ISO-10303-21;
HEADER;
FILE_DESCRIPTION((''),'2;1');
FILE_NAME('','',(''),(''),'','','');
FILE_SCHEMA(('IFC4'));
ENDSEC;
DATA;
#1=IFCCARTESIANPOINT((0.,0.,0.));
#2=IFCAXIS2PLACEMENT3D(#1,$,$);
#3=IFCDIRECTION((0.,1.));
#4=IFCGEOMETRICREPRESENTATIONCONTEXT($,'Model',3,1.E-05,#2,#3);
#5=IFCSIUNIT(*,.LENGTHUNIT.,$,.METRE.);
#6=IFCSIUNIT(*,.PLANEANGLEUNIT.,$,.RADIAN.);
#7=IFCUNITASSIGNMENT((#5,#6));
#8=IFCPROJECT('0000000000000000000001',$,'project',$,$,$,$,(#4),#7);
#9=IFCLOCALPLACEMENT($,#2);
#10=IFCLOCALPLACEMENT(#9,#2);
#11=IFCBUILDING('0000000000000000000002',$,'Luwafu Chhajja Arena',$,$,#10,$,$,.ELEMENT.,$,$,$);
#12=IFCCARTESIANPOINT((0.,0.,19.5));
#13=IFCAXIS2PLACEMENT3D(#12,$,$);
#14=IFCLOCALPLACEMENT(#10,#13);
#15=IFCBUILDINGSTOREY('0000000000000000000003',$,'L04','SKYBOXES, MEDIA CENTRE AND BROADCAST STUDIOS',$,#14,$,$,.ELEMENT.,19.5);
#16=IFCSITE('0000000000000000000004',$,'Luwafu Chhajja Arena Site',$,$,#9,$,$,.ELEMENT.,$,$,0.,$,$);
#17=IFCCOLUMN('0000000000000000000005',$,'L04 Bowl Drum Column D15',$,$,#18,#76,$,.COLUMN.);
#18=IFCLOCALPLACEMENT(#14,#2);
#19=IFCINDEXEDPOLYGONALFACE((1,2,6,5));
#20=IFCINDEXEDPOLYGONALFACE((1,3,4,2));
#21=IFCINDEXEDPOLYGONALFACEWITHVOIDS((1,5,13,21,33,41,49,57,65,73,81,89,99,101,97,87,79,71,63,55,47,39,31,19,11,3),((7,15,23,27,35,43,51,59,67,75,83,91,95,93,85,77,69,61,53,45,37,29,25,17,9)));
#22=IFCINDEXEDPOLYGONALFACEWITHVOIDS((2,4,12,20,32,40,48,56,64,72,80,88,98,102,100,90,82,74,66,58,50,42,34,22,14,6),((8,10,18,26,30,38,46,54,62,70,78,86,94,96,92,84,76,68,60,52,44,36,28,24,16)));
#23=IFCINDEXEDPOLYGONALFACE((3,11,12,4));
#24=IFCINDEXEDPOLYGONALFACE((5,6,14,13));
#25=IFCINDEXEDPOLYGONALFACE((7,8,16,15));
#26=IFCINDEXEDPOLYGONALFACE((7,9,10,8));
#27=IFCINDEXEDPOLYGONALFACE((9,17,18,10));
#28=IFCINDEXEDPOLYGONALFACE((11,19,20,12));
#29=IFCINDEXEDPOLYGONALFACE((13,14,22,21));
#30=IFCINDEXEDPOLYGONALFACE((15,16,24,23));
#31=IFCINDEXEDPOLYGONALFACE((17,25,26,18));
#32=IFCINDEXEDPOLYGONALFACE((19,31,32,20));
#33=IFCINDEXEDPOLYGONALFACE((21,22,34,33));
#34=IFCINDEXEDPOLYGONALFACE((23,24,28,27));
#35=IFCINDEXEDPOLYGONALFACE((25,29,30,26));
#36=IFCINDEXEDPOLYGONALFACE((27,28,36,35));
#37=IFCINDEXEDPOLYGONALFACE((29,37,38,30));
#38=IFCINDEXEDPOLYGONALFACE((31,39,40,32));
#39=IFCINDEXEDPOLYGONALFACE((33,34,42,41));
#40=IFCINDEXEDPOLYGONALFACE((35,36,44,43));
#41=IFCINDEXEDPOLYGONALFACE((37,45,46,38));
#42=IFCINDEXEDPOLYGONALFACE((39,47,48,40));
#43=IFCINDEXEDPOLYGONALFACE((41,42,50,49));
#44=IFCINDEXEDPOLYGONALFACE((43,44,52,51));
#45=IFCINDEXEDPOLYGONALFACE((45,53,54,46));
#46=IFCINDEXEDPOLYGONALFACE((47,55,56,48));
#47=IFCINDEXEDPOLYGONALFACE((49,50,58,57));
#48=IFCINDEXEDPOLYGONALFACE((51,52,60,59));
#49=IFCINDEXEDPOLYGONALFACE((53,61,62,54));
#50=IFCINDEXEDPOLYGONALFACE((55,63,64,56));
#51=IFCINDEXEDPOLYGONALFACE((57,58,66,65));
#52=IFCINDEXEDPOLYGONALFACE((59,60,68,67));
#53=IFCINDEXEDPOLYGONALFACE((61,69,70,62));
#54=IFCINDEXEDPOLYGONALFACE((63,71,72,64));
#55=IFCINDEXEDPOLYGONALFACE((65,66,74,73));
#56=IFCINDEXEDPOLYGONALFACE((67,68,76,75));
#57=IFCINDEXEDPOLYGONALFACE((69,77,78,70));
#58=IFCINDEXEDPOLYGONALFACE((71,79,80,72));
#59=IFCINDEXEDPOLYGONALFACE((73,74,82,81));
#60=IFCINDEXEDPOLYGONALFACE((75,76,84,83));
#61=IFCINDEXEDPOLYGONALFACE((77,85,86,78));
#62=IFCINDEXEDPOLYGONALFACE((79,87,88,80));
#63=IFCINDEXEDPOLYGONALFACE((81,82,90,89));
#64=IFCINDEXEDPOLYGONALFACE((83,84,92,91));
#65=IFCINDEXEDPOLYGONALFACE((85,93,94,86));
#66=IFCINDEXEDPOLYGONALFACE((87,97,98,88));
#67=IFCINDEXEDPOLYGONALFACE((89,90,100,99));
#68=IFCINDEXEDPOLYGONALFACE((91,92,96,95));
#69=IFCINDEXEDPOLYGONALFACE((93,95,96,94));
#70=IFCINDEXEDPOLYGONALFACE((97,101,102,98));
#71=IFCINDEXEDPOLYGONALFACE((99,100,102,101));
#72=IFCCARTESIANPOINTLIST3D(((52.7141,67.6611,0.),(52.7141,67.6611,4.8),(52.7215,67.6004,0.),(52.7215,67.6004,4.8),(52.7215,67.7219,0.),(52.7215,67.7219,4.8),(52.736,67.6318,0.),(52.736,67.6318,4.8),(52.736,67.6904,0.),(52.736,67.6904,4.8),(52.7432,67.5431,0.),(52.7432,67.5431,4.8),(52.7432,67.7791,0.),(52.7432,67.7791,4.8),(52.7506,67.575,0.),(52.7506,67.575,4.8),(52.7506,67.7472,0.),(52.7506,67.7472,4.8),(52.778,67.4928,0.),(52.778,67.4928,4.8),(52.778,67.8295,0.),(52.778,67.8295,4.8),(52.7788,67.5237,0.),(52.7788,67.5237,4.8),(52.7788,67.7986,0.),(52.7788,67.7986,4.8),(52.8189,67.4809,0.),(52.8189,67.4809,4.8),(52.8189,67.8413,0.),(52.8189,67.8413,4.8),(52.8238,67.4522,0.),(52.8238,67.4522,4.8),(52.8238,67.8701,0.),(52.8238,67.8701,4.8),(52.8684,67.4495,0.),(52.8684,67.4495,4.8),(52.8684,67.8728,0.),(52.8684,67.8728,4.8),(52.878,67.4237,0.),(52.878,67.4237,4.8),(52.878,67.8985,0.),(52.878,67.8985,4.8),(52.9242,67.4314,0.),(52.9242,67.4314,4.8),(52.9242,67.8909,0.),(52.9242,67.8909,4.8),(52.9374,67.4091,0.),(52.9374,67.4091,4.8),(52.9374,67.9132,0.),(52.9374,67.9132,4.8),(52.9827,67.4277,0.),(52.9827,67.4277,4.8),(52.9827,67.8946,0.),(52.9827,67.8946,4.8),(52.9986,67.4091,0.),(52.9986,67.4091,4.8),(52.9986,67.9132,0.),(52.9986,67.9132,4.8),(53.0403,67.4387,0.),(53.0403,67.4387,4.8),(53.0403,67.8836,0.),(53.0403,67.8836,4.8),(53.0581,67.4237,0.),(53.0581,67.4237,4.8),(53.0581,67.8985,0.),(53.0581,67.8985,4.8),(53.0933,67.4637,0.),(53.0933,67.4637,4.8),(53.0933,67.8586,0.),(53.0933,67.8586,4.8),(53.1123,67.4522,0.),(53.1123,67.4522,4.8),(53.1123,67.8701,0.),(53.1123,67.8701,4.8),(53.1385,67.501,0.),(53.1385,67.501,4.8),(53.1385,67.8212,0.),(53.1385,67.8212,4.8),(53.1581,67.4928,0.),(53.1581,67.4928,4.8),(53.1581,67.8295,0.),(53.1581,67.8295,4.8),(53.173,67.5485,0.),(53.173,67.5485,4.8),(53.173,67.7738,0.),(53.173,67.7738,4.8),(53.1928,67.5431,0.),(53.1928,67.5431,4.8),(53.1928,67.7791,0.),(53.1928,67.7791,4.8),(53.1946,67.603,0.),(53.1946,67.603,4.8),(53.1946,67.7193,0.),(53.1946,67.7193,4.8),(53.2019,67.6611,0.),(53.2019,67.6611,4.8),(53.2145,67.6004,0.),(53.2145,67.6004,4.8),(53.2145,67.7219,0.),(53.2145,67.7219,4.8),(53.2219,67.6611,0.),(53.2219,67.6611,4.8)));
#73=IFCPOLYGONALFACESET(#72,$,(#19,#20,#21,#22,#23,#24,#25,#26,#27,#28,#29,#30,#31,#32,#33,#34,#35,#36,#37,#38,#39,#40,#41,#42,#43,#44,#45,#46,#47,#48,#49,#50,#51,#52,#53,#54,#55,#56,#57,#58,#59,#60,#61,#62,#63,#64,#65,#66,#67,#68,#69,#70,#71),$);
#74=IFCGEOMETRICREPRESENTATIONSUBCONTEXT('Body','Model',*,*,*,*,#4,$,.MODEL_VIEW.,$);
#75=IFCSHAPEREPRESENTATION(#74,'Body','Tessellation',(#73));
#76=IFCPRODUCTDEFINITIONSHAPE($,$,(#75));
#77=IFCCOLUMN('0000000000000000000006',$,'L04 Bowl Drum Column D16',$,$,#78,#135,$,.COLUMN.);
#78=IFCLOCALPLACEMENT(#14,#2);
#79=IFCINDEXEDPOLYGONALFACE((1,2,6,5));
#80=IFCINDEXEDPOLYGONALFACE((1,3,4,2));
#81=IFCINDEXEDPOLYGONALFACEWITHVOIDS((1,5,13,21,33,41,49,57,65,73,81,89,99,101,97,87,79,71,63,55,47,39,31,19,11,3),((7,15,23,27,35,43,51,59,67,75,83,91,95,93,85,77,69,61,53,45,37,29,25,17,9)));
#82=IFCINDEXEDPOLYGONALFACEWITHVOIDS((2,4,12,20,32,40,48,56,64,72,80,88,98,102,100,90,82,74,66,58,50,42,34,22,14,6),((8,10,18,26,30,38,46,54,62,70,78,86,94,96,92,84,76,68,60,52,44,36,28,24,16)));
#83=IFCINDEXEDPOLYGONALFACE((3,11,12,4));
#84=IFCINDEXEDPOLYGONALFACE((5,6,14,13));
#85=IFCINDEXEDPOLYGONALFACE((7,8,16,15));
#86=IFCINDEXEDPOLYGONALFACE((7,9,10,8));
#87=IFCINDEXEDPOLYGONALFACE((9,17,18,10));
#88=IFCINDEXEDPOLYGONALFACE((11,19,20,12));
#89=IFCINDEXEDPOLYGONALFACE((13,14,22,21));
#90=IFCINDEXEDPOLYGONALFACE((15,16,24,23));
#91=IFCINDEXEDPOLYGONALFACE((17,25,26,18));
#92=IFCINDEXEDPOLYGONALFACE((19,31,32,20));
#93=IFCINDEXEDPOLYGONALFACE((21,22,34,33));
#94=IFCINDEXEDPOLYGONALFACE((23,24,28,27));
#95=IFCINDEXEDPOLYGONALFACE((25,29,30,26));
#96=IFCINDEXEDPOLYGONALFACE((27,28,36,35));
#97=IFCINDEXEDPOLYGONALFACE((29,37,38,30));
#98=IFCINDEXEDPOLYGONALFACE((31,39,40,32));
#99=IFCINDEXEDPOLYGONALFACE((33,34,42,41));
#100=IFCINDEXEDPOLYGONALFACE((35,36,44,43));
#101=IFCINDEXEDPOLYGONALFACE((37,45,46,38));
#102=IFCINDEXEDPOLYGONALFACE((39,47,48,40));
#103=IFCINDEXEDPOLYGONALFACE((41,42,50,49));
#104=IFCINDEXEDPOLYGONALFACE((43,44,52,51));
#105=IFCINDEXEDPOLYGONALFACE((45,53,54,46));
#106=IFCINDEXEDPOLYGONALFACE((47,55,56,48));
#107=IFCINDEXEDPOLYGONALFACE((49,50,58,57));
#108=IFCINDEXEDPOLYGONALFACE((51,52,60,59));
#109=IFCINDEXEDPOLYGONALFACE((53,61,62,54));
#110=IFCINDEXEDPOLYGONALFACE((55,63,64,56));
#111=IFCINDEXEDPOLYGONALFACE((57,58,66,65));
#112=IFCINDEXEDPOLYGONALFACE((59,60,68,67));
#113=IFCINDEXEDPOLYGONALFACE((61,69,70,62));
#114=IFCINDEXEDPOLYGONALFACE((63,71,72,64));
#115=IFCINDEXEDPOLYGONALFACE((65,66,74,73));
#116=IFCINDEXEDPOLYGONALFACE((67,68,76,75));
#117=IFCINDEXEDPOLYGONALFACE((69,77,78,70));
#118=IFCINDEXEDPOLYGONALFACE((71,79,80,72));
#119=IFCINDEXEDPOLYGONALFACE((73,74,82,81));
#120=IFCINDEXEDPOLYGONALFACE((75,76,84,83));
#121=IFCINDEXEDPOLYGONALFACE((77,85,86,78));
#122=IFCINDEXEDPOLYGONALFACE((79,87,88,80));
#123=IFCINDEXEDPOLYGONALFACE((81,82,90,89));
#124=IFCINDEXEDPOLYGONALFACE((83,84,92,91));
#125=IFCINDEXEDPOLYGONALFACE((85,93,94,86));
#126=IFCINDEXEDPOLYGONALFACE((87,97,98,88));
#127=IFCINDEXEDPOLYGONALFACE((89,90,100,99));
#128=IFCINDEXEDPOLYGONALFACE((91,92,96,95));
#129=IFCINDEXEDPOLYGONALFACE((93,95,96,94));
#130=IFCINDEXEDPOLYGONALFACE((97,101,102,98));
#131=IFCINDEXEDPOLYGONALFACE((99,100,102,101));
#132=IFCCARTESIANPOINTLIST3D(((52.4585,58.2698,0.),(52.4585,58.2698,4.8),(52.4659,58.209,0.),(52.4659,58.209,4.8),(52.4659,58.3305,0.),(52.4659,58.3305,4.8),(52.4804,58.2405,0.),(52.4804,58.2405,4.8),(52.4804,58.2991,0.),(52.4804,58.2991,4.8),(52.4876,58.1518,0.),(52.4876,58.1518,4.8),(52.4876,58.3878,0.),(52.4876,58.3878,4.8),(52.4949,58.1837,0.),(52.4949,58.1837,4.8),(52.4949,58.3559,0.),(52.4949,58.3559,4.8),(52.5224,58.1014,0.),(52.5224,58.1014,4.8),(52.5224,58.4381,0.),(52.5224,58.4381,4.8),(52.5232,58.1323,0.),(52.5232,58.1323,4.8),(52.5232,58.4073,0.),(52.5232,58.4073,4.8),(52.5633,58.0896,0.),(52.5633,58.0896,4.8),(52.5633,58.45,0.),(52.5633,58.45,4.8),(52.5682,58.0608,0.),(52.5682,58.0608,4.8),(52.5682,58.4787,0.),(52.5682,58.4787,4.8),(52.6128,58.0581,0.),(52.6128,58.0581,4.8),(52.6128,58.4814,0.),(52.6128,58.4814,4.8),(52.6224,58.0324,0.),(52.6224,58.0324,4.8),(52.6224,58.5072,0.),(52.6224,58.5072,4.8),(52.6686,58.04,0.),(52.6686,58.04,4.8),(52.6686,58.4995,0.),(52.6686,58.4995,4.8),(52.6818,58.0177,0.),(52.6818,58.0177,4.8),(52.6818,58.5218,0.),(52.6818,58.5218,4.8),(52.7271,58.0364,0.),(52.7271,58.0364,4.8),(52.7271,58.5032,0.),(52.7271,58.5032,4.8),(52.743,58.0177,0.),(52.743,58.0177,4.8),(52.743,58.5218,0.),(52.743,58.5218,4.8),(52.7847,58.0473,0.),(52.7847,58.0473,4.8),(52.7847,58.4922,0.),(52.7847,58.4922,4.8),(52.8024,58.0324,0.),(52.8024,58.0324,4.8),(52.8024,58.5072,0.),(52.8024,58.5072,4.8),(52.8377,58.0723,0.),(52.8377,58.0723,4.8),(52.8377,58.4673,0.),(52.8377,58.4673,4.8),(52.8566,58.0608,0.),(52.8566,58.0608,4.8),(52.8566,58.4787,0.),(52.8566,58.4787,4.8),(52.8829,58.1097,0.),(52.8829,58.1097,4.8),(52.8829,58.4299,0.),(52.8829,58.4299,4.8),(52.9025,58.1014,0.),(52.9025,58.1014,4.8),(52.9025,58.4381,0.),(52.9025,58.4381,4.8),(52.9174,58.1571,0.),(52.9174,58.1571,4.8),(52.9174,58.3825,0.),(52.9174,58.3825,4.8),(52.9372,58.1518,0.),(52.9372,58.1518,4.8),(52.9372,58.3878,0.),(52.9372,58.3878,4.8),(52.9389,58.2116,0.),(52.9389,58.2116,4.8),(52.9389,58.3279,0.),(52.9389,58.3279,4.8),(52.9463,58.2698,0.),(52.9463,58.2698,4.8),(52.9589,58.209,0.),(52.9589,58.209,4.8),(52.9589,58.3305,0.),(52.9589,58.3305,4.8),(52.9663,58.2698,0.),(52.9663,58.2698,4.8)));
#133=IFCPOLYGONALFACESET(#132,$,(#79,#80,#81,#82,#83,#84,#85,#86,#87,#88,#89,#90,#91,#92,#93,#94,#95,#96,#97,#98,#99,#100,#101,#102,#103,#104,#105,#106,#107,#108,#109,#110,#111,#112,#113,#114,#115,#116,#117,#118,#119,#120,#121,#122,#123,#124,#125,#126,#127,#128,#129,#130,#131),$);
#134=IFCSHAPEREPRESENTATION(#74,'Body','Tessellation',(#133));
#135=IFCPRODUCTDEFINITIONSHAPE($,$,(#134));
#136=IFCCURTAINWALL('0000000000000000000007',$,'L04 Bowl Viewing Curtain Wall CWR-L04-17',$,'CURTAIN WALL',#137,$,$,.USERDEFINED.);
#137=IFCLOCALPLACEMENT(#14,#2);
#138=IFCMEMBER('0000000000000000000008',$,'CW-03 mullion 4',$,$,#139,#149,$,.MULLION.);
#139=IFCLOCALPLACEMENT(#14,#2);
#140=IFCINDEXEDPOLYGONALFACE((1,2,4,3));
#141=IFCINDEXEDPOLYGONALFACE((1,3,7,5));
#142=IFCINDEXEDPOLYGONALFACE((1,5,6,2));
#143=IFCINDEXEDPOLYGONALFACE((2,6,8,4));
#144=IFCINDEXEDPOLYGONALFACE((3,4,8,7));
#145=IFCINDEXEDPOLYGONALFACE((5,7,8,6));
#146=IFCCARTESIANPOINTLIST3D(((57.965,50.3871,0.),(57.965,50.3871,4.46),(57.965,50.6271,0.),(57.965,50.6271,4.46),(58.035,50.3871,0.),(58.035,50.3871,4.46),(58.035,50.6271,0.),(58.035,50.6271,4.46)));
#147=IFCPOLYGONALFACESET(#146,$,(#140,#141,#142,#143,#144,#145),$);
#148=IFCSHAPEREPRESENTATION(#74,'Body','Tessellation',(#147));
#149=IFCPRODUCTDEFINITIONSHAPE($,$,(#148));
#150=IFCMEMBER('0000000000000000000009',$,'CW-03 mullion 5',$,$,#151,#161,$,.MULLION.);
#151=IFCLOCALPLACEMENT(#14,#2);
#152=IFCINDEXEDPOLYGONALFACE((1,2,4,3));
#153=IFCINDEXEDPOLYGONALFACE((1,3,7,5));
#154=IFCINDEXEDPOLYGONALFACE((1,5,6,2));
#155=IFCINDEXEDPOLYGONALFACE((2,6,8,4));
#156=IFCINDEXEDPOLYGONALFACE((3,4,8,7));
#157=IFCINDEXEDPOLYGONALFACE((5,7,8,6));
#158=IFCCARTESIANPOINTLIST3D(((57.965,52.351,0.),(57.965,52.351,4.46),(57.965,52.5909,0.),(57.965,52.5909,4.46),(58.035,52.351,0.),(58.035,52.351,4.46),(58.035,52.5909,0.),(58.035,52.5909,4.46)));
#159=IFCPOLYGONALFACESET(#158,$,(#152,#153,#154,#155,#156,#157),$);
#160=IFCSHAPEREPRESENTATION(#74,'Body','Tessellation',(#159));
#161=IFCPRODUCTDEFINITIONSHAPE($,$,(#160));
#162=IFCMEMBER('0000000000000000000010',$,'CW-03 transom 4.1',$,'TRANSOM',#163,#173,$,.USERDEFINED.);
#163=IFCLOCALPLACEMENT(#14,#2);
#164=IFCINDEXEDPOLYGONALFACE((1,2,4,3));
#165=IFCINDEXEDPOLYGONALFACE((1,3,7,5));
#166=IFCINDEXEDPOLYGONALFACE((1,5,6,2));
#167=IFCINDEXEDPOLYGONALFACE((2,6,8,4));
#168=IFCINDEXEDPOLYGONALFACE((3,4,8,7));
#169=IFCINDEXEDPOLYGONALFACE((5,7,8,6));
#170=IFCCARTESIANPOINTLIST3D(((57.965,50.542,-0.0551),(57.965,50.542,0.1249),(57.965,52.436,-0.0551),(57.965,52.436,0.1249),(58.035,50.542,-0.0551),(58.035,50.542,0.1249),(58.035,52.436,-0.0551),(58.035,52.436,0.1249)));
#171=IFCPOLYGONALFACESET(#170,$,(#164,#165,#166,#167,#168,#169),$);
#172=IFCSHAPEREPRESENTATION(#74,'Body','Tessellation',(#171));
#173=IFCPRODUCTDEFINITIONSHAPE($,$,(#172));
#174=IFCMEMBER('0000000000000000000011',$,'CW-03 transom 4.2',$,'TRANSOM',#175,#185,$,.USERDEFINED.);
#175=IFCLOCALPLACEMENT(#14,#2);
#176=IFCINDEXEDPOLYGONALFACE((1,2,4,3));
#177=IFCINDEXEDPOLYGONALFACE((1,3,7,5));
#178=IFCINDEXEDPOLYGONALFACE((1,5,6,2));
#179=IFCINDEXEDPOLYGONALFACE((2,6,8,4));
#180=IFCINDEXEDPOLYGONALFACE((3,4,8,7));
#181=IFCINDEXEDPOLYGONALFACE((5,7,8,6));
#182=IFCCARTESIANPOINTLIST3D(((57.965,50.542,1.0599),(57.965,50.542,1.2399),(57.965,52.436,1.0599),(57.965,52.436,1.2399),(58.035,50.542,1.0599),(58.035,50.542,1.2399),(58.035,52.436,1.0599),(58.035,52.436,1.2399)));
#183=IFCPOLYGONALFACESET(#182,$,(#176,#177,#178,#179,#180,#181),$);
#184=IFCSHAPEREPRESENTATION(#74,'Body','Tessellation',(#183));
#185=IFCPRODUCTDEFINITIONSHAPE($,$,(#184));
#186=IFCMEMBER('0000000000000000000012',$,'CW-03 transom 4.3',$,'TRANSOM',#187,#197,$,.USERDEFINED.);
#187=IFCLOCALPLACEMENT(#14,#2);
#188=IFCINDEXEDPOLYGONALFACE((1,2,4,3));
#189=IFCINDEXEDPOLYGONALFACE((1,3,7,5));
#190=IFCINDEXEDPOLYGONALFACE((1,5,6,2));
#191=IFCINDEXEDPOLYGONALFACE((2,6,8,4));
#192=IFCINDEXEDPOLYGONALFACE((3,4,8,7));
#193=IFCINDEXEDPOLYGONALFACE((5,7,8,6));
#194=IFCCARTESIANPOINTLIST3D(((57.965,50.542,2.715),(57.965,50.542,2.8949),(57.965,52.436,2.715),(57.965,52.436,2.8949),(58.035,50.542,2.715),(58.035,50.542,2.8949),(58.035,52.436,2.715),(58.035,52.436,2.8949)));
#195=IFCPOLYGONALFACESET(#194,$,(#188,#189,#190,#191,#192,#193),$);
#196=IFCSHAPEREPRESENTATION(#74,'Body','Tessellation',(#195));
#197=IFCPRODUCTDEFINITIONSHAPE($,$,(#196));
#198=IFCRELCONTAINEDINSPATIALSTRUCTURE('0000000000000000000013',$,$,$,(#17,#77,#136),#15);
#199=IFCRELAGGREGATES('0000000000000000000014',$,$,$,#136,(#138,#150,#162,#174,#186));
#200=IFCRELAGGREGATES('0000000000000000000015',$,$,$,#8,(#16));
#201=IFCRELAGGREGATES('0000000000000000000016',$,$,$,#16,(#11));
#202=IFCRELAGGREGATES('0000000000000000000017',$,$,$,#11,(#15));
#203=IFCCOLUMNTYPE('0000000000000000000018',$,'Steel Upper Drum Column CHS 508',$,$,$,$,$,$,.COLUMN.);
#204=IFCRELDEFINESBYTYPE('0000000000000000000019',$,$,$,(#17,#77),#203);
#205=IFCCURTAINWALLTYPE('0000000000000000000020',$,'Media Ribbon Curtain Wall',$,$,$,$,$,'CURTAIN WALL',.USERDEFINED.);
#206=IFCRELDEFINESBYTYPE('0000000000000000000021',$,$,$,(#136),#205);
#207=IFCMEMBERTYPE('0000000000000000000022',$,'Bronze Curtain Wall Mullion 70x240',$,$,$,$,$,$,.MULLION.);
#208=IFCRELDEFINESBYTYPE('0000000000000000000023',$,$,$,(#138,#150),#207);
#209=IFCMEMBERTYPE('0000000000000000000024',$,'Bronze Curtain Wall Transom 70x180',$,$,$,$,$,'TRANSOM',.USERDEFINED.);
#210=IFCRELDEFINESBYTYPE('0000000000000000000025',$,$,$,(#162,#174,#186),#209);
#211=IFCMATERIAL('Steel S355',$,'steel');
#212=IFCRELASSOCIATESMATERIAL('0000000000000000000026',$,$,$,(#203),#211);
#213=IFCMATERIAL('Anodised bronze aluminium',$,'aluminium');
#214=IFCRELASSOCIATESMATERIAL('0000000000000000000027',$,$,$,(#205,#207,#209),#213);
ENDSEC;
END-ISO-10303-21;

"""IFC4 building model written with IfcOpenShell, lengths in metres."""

from ifc_helpers import new_model, si_unit, direction, frame, origin, origin_2d, place, context, subcontext, project, spatial, rectangle, hollow_circle, extrude, material, material_profile, profile_set, type_object, element, aggregate, save


model = new_model("IFC4")

# Units and contexts
model_context = context("Model", 3, precision=1e-05, world=origin(), true_north=direction((0.0, 1.0)))
body_context = subcontext(model_context, "Body", "Model", "MODEL_VIEW")
ifc_project = project(units=[si_unit("LENGTHUNIT", "METRE"), si_unit("PLANEANGLEUNIT", "RADIAN")], contexts=[model_context])

# Site, building, storey
site_placement = place(None, origin())
site = spatial("IfcSite", under=ifc_project, at=site_placement, Name="Luwafu Chhajja Arena Site", CompositionType="ELEMENT", RefElevation=0.0)
building_placement = place(site_placement, origin())
building = spatial("IfcBuilding", under=site, at=building_placement, Name="Luwafu Chhajja Arena", CompositionType="ELEMENT")
storey_placement = place(building_placement, frame((0.0, 0.0, 19.5)))
storey = spatial("IfcBuildingStorey", under=building, at=storey_placement, Name="L04", Description="SKYBOXES, MEDIA CENTRE AND BROADCAST STUDIOS", CompositionType="ELEMENT", Elevation=19.5)

# Columns
ifc_material_1 = material(Name="Steel S355", Category="steel")
ifc_material_profile_1 = material_profile(ifc_material_1, hollow_circle(Radius=0.2539, WallThickness=0.02, at=origin_2d()), Name="CHS 508x20")
ifc_profile_set_1 = profile_set([ifc_material_profile_1], Name="Steel S355")
column_type = type_object("IfcColumnType", Name="Steel Upper Drum Column CHS 508", PredefinedType="COLUMN", material=ifc_profile_set_1)
for number, where, z_axis, x_axis, name in (
    (1, (52.968, 67.6611, 0.0), (0.0, 0.0, 1.0), (1.0, 0.0, 0.0), "L04 Bowl Drum Column D15"),
    (2, (52.7124, 58.2698, 0.0), (0.0, 0.0, 1.0), (1.0, 0.0, 0.0), "L04 Bowl Drum Column D16"),
):
    element("IfcColumn", number, at=place(storey_placement, frame(where, z_axis=z_axis, x_axis=x_axis)), inside=storey, type_object=column_type, Name=name, PredefinedType="COLUMN", context=body_context, shape_type="SweptSolid", body=[
        extrude(hollow_circle(Radius=0.2539, WallThickness=0.02, at=origin_2d()), origin(), (0.0, 0.0, 1.0), 4.8),
    ])

# Curtain wall, members
ifc_material_2 = material(Name="Anodised bronze aluminium", Category="aluminium")
curtain_wall_type = type_object("IfcCurtainWallType", Name="Media Ribbon Curtain Wall", ElementType="CURTAIN WALL", PredefinedType="USERDEFINED", material=ifc_material_2)
curtain_wall_placement = place(storey_placement, origin())
curtain_wall = element("IfcCurtainWall", 3, at=curtain_wall_placement, inside=storey, type_object=curtain_wall_type, Name="L04 Bowl Viewing Curtain Wall CWR-L04-17", ObjectType="CURTAIN WALL", PredefinedType="USERDEFINED")
ifc_material_profile_2 = material_profile(ifc_material_2, rectangle(XDim=0.0701, YDim=0.24, at=origin_2d()), Name="CWM 70x240")
ifc_profile_set_2 = profile_set([ifc_material_profile_2], Name="Anodised bronze aluminium")
member_type_1 = type_object("IfcMemberType", Name="Bronze Curtain Wall Mullion 70x240", PredefinedType="MULLION", material=ifc_profile_set_2)
member_1_placement = place(storey_placement, frame((58.0, 50.5071, 0.0), z_axis=(0.0, 0.0, 1.0), x_axis=(-1.0, 0.0, 0.0)))
member_1 = element("IfcMember", 4, at=member_1_placement, type_object=member_type_1, Name="CW-03 mullion 4", PredefinedType="MULLION", context=body_context, shape_type="SweptSolid", body=[
    extrude(rectangle(XDim=0.0701, YDim=0.24, at=origin_2d()), origin(), (0.0, 0.0, 1.0), 4.46),
])
member_2_placement = place(storey_placement, frame((58.0, 52.4709, 0.0), z_axis=(0.0, 0.0, 1.0), x_axis=(-1.0, 0.0, 0.0)))
member_2 = element("IfcMember", 5, at=member_2_placement, type_object=member_type_1, Name="CW-03 mullion 5", PredefinedType="MULLION", context=body_context, shape_type="SweptSolid", body=[
    extrude(rectangle(XDim=0.0701, YDim=0.24, at=origin_2d()), origin(), (0.0, 0.0, 1.0), 4.46),
])
ifc_material_profile_3 = material_profile(ifc_material_2, rectangle(XDim=0.0701, YDim=0.1799, at=origin_2d()), Name="CWT 70x180")
ifc_profile_set_3 = profile_set([ifc_material_profile_3], Name="Anodised bronze aluminium")
member_type_2 = type_object("IfcMemberType", Name="Bronze Curtain Wall Transom 70x180", ElementType="TRANSOM", PredefinedType="USERDEFINED", material=ifc_profile_set_3)
member_3_placement = place(storey_placement, frame((58.0, 50.542, 0.0349), z_axis=(0.0, 1.0, 0.0), x_axis=(-1.0, 0.0, 0.0)))
member_3 = element("IfcMember", 6, at=member_3_placement, type_object=member_type_2, Name="CW-03 transom 4.1", ObjectType="TRANSOM", PredefinedType="USERDEFINED", context=body_context, shape_type="SweptSolid", body=[
    extrude(rectangle(XDim=0.0701, YDim=0.1799, at=origin_2d()), origin(), (0.0, 0.0, 1.0), 1.894),
])
member_4_placement = place(storey_placement, frame((58.0, 50.542, 1.1499), z_axis=(0.0, 1.0, 0.0), x_axis=(-1.0, 0.0, 0.0)))
member_4 = element("IfcMember", 7, at=member_4_placement, type_object=member_type_2, Name="CW-03 transom 4.2", ObjectType="TRANSOM", PredefinedType="USERDEFINED", context=body_context, shape_type="SweptSolid", body=[
    extrude(rectangle(XDim=0.0701, YDim=0.1799, at=origin_2d()), origin(), (0.0, 0.0, 1.0), 1.894),
])
member_5_placement = place(storey_placement, frame((58.0, 50.542, 2.8049), z_axis=(0.0, 1.0, 0.0), x_axis=(-1.0, 0.0, 0.0)))
member_5 = element("IfcMember", 8, at=member_5_placement, type_object=member_type_2, Name="CW-03 transom 4.3", ObjectType="TRANSOM", PredefinedType="USERDEFINED", context=body_context, shape_type="SweptSolid", body=[
    extrude(rectangle(XDim=0.0701, YDim=0.1799, at=origin_2d()), origin(), (0.0, 0.0, 1.0), 1.894),
])

aggregate(curtain_wall, [member_1, member_2, member_3, member_4, member_5])

save(model, "model.ifc")
